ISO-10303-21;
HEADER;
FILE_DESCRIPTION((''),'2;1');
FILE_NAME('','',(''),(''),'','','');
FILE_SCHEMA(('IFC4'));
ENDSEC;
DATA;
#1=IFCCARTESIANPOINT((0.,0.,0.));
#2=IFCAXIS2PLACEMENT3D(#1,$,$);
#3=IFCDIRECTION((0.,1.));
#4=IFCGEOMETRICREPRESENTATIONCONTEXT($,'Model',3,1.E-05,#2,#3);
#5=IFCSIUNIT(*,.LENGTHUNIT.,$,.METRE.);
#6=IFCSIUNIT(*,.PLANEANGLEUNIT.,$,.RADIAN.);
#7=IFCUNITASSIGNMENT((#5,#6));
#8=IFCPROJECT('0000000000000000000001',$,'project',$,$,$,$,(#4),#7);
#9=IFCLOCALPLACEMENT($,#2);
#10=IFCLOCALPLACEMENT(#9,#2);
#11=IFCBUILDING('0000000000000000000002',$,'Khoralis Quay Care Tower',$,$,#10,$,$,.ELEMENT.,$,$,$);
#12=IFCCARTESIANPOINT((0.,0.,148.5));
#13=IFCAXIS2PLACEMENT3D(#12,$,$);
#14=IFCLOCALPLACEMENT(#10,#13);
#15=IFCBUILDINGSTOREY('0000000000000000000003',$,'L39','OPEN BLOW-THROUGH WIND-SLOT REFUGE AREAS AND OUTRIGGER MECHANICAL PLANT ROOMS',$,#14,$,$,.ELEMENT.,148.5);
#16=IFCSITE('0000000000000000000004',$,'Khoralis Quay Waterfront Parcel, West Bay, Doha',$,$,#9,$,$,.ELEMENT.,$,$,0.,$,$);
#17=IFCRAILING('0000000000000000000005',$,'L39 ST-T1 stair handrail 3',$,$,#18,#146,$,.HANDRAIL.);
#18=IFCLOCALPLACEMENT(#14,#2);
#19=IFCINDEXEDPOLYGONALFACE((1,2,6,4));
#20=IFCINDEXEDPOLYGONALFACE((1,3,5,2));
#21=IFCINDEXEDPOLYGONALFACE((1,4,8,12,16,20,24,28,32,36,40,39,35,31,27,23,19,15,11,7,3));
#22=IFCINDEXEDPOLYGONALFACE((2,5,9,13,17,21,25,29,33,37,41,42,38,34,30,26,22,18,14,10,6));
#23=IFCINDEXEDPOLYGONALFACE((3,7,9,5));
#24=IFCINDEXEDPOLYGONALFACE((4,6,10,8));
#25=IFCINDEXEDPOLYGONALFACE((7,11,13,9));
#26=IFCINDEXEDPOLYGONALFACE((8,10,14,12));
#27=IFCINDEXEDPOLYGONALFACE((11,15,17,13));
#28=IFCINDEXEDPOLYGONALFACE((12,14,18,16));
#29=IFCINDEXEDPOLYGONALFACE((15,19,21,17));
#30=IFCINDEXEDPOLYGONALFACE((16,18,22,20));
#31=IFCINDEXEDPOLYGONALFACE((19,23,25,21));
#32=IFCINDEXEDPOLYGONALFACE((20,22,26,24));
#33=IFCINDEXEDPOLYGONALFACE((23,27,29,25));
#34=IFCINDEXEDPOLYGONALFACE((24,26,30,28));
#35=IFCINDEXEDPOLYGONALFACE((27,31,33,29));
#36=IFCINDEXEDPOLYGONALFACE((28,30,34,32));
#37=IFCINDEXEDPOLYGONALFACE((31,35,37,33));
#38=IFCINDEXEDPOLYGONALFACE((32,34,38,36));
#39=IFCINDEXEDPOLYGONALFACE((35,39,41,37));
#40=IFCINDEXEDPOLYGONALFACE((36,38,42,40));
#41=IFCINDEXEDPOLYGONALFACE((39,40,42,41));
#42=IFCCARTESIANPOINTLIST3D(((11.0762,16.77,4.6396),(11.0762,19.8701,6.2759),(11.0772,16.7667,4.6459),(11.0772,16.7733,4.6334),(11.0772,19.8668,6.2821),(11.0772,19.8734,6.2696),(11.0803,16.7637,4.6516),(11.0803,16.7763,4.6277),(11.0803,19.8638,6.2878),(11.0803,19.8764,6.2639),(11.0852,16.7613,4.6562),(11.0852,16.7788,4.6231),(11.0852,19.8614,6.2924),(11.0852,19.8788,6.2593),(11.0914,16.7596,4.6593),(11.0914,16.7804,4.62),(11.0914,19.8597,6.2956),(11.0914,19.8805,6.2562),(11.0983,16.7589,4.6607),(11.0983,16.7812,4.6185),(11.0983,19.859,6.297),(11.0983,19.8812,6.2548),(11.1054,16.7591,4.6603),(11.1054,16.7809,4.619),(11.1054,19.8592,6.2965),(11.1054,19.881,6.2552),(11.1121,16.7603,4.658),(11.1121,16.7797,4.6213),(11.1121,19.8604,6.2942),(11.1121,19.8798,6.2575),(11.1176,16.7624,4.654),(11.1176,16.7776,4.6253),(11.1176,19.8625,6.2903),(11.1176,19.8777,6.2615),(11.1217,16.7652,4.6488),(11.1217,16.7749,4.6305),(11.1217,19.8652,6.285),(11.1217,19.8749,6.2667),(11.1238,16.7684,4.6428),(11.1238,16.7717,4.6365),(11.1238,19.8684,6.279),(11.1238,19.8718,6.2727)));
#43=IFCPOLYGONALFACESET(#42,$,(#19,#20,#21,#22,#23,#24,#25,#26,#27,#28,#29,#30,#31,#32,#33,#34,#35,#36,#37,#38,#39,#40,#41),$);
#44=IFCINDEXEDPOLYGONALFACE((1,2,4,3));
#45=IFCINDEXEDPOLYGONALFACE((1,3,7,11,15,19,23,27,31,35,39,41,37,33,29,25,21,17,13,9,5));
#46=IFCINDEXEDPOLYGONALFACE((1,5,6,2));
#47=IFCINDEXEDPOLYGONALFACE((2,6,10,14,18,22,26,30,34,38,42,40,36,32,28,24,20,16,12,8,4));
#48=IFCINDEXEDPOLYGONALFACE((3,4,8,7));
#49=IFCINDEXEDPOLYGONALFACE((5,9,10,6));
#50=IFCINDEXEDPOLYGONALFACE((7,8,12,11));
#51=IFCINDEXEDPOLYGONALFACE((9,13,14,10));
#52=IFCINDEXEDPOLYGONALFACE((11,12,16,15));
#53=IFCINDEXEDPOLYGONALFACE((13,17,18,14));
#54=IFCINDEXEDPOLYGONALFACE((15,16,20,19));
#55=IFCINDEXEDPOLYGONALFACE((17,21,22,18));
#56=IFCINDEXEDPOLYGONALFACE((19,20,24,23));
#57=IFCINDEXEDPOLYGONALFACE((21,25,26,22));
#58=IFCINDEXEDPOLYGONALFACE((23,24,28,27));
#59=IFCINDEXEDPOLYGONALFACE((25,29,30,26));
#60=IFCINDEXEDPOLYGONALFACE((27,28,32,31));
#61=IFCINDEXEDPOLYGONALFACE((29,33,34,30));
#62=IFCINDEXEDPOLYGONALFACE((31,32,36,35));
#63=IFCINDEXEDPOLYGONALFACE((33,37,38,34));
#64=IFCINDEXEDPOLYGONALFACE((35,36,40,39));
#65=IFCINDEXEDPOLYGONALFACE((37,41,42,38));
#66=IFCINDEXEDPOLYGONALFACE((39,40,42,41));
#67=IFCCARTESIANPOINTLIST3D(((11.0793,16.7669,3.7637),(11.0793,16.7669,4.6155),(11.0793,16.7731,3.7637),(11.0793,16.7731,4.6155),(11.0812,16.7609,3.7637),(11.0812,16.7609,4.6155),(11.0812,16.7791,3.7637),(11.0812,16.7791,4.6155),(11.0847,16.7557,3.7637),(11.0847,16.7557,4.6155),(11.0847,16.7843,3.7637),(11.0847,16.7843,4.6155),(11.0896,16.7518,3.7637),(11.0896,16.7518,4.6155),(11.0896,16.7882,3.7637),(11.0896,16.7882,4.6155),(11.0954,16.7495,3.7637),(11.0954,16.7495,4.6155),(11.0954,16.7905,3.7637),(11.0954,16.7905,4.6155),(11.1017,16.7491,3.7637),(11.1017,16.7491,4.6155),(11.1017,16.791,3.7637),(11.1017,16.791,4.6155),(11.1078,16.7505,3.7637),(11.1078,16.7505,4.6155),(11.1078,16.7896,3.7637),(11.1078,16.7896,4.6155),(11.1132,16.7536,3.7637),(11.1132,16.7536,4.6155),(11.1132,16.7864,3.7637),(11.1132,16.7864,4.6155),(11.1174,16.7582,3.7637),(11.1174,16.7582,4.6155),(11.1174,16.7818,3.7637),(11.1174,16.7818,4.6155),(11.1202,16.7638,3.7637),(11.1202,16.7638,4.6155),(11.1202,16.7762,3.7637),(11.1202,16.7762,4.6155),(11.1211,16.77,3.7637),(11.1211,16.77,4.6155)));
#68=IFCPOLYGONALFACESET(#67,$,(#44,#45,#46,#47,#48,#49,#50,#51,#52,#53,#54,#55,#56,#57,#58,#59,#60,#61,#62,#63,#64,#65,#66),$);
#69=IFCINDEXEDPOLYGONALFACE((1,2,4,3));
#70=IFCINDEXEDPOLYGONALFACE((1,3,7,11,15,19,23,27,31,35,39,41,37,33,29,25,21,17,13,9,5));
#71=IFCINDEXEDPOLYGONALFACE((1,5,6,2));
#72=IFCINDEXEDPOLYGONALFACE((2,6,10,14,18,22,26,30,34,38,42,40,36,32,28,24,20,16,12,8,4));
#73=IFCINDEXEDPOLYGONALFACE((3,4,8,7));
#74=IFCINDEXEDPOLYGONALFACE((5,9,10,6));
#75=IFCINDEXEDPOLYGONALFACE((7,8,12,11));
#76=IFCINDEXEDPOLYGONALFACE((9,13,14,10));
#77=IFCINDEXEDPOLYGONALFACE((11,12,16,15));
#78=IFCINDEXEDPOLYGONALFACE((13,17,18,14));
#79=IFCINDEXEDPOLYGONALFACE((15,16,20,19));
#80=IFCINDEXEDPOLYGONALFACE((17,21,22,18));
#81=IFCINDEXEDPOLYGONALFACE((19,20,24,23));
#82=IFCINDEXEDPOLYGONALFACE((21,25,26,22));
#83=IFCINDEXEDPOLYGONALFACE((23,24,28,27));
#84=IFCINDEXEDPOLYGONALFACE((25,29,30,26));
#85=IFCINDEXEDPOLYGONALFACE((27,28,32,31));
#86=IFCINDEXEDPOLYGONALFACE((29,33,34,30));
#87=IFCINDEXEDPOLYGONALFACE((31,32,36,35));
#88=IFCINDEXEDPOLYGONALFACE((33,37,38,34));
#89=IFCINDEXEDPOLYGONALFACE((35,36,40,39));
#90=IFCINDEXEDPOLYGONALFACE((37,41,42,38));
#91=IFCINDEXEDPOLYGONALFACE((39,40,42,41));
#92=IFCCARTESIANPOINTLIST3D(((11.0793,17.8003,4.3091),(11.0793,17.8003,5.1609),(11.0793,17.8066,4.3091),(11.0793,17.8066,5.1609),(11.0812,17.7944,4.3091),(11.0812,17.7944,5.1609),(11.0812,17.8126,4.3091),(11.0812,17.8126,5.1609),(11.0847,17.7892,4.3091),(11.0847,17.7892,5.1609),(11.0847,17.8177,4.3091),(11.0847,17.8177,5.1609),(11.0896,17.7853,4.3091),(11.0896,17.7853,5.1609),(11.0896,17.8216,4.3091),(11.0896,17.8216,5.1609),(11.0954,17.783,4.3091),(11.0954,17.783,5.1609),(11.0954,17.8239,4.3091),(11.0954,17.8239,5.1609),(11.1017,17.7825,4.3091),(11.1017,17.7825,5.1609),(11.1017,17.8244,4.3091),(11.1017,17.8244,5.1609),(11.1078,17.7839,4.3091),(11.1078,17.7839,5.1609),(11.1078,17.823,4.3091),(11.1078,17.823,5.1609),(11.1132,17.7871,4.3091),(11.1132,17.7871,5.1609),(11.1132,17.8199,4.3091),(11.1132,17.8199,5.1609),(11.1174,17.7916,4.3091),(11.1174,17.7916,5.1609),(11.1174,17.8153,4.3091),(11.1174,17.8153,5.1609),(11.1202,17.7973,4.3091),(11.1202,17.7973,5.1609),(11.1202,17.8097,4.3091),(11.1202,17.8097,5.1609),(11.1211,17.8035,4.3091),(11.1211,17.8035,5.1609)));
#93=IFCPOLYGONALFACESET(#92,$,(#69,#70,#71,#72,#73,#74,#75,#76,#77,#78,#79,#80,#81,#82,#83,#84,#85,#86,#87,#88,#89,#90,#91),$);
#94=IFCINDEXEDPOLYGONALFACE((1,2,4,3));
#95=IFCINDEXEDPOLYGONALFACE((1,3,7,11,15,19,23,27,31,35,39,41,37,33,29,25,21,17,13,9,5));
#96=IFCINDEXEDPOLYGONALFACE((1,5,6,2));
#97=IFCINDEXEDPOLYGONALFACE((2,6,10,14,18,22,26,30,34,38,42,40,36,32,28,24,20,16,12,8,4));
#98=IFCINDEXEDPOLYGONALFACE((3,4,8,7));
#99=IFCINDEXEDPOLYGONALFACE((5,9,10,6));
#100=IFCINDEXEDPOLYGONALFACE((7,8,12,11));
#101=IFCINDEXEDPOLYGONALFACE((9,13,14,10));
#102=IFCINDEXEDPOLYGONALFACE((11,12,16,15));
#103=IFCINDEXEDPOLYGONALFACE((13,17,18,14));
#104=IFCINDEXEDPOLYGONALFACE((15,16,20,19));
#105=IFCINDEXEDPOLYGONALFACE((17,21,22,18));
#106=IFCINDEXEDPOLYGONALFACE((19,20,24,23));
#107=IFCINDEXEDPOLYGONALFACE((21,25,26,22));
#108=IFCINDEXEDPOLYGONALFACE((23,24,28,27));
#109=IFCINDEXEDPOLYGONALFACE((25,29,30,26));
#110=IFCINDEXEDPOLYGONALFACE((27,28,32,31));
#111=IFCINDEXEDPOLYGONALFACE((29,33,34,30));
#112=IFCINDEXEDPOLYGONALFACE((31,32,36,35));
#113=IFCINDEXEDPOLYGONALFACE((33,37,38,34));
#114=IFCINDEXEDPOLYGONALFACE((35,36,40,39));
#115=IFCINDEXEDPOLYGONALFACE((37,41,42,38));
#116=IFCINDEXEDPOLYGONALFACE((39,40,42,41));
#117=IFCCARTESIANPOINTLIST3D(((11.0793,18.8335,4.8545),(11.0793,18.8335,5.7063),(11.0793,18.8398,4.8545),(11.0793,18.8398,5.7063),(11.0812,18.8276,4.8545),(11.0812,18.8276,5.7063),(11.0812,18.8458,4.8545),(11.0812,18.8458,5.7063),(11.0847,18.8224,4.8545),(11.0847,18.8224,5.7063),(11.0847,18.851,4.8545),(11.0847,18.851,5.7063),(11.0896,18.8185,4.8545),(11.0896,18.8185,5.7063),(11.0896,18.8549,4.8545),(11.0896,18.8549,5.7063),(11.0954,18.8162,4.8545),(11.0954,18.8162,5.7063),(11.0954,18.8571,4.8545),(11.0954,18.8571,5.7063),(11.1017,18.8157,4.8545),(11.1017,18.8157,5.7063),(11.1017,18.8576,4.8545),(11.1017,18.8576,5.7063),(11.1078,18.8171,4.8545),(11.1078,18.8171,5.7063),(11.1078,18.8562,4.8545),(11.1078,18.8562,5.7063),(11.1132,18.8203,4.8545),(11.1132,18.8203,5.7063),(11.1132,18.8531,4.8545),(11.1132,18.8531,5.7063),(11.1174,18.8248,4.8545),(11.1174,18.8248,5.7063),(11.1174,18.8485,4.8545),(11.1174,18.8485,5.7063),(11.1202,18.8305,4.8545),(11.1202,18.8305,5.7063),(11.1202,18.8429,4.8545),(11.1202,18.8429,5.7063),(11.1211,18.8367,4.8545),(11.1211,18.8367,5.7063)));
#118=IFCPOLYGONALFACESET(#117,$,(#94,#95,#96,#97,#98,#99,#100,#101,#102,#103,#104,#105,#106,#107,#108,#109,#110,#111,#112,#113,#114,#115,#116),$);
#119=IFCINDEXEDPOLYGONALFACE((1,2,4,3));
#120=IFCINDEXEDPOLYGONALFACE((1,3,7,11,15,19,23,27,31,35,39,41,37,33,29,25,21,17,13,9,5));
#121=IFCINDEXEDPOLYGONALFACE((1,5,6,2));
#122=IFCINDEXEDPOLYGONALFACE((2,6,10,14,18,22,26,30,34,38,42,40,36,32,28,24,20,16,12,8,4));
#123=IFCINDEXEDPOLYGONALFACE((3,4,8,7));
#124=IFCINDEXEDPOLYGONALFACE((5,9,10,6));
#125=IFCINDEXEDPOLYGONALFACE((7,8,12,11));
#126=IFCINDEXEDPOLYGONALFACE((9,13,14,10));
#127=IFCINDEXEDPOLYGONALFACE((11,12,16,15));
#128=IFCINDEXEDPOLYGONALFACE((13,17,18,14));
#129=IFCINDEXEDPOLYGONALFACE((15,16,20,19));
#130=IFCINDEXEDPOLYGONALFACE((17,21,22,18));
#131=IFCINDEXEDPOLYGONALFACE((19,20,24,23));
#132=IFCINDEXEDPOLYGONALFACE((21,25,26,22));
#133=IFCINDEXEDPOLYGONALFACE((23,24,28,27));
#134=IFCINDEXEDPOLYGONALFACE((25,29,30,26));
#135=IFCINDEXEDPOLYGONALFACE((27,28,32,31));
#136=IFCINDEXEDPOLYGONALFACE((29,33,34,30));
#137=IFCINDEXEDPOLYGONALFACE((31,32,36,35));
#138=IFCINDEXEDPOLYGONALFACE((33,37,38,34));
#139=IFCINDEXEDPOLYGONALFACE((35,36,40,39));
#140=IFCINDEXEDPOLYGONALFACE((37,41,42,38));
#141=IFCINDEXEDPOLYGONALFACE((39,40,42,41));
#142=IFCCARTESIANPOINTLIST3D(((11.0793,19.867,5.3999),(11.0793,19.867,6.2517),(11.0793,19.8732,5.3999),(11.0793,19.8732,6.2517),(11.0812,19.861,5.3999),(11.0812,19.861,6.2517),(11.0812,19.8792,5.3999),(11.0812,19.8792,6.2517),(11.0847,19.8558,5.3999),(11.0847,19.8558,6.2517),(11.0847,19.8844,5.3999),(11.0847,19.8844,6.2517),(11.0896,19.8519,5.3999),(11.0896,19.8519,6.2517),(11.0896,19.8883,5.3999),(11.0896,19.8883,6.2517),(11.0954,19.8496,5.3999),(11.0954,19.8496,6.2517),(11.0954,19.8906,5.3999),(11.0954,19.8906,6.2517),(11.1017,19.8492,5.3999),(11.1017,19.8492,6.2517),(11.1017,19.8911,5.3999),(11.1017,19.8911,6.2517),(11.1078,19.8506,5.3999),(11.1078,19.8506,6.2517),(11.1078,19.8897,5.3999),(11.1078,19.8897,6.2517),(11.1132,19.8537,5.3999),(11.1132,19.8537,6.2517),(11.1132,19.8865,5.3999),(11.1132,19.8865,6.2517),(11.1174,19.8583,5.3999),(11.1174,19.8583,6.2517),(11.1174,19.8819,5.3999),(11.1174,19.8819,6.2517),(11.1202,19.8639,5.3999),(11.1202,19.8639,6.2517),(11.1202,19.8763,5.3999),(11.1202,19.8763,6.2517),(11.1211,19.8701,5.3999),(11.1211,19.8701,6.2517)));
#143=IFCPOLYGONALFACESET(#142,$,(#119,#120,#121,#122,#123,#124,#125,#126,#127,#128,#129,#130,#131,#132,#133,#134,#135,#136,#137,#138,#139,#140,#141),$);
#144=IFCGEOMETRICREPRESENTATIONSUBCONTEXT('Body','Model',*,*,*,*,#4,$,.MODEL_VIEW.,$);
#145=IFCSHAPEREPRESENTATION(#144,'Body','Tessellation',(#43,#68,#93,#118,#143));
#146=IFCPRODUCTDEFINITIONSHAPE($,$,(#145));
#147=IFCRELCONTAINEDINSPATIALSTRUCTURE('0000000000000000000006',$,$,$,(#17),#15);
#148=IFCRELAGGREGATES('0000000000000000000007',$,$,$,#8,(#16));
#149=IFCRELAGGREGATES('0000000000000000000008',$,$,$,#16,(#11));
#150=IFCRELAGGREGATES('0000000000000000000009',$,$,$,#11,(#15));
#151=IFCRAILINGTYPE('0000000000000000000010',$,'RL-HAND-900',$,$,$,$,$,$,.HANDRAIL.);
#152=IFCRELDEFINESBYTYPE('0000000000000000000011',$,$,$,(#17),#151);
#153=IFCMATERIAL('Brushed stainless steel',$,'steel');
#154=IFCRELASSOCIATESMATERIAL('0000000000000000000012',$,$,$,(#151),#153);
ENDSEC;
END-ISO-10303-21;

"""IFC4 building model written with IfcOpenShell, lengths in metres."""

from ifc_helpers import new_model, si_unit, direction, frame, origin, origin_2d, place, context, subcontext, project, spatial, circle, extrude, material, type_object, element, save


model = new_model("IFC4")

# Units and contexts
model_context = context("Model", 3, precision=1e-05, world=origin(), true_north=direction((0.0, 1.0)))
body_context = subcontext(model_context, "Body", "Model", "MODEL_VIEW")
ifc_project = project(units=[si_unit("LENGTHUNIT", "METRE"), si_unit("PLANEANGLEUNIT", "RADIAN")], contexts=[model_context])

# Site, building, storey
site_placement = place(None, origin())
site = spatial("IfcSite", under=ifc_project, at=site_placement, Name="Khoralis Quay Waterfront Parcel, West Bay, Doha", CompositionType="ELEMENT", RefElevation=0.0)
building_placement = place(site_placement, origin())
building = spatial("IfcBuilding", under=site, at=building_placement, Name="Khoralis Quay Care Tower", CompositionType="ELEMENT")
storey_placement = place(building_placement, frame((0.0, 0.0, 148.5)))
storey = spatial("IfcBuildingStorey", under=building, at=storey_placement, Name="L39", Description="OPEN BLOW-THROUGH WIND-SLOT REFUGE AREAS AND OUTRIGGER MECHANICAL PLANT ROOMS", CompositionType="ELEMENT", Elevation=148.5)

# Railing
ifc_material_1 = material(Name="Brushed stainless steel", Category="steel")
railing_type_1 = type_object("IfcRailingType", Name="RL-HAND-900", PredefinedType="HANDRAIL", material=ifc_material_1)
railing_1_placement = place(storey_placement, frame((11.1001, 16.77, 3.7637)))
element("IfcRailing", 1, at=railing_1_placement, inside=storey, type_object=railing_type_1, Name="L39 ST-T1 stair handrail 3", PredefinedType="HANDRAIL", context=body_context, shape_type="SweptSolid", body=[
    extrude(circle(Radius=0.0239, at=origin_2d()), frame((0.0, 0.0, 0.876), z_axis=(0.0, 0.884377, 0.466774), x_axis=(-1.0, 0.0, 0.0)), (0.0, 0.0, 1.0), 3.5054),
    extrude(circle(Radius=0.021, at=origin_2d()), origin(), (0.0, 0.0, 1.0), 0.8518),
    extrude(circle(Radius=0.021, at=origin_2d()), frame((0.0, 1.0334, 0.5454)), (0.0, 0.0, 1.0), 0.8518),
    extrude(circle(Radius=0.021, at=origin_2d()), frame((0.0, 2.0667, 1.0908)), (0.0, 0.0, 1.0), 0.8518),
    extrude(circle(Radius=0.021, at=origin_2d()), frame((0.0, 3.1001, 1.6362)), (0.0, 0.0, 1.0), 0.8518),
])

save(model, "model.ifc")
